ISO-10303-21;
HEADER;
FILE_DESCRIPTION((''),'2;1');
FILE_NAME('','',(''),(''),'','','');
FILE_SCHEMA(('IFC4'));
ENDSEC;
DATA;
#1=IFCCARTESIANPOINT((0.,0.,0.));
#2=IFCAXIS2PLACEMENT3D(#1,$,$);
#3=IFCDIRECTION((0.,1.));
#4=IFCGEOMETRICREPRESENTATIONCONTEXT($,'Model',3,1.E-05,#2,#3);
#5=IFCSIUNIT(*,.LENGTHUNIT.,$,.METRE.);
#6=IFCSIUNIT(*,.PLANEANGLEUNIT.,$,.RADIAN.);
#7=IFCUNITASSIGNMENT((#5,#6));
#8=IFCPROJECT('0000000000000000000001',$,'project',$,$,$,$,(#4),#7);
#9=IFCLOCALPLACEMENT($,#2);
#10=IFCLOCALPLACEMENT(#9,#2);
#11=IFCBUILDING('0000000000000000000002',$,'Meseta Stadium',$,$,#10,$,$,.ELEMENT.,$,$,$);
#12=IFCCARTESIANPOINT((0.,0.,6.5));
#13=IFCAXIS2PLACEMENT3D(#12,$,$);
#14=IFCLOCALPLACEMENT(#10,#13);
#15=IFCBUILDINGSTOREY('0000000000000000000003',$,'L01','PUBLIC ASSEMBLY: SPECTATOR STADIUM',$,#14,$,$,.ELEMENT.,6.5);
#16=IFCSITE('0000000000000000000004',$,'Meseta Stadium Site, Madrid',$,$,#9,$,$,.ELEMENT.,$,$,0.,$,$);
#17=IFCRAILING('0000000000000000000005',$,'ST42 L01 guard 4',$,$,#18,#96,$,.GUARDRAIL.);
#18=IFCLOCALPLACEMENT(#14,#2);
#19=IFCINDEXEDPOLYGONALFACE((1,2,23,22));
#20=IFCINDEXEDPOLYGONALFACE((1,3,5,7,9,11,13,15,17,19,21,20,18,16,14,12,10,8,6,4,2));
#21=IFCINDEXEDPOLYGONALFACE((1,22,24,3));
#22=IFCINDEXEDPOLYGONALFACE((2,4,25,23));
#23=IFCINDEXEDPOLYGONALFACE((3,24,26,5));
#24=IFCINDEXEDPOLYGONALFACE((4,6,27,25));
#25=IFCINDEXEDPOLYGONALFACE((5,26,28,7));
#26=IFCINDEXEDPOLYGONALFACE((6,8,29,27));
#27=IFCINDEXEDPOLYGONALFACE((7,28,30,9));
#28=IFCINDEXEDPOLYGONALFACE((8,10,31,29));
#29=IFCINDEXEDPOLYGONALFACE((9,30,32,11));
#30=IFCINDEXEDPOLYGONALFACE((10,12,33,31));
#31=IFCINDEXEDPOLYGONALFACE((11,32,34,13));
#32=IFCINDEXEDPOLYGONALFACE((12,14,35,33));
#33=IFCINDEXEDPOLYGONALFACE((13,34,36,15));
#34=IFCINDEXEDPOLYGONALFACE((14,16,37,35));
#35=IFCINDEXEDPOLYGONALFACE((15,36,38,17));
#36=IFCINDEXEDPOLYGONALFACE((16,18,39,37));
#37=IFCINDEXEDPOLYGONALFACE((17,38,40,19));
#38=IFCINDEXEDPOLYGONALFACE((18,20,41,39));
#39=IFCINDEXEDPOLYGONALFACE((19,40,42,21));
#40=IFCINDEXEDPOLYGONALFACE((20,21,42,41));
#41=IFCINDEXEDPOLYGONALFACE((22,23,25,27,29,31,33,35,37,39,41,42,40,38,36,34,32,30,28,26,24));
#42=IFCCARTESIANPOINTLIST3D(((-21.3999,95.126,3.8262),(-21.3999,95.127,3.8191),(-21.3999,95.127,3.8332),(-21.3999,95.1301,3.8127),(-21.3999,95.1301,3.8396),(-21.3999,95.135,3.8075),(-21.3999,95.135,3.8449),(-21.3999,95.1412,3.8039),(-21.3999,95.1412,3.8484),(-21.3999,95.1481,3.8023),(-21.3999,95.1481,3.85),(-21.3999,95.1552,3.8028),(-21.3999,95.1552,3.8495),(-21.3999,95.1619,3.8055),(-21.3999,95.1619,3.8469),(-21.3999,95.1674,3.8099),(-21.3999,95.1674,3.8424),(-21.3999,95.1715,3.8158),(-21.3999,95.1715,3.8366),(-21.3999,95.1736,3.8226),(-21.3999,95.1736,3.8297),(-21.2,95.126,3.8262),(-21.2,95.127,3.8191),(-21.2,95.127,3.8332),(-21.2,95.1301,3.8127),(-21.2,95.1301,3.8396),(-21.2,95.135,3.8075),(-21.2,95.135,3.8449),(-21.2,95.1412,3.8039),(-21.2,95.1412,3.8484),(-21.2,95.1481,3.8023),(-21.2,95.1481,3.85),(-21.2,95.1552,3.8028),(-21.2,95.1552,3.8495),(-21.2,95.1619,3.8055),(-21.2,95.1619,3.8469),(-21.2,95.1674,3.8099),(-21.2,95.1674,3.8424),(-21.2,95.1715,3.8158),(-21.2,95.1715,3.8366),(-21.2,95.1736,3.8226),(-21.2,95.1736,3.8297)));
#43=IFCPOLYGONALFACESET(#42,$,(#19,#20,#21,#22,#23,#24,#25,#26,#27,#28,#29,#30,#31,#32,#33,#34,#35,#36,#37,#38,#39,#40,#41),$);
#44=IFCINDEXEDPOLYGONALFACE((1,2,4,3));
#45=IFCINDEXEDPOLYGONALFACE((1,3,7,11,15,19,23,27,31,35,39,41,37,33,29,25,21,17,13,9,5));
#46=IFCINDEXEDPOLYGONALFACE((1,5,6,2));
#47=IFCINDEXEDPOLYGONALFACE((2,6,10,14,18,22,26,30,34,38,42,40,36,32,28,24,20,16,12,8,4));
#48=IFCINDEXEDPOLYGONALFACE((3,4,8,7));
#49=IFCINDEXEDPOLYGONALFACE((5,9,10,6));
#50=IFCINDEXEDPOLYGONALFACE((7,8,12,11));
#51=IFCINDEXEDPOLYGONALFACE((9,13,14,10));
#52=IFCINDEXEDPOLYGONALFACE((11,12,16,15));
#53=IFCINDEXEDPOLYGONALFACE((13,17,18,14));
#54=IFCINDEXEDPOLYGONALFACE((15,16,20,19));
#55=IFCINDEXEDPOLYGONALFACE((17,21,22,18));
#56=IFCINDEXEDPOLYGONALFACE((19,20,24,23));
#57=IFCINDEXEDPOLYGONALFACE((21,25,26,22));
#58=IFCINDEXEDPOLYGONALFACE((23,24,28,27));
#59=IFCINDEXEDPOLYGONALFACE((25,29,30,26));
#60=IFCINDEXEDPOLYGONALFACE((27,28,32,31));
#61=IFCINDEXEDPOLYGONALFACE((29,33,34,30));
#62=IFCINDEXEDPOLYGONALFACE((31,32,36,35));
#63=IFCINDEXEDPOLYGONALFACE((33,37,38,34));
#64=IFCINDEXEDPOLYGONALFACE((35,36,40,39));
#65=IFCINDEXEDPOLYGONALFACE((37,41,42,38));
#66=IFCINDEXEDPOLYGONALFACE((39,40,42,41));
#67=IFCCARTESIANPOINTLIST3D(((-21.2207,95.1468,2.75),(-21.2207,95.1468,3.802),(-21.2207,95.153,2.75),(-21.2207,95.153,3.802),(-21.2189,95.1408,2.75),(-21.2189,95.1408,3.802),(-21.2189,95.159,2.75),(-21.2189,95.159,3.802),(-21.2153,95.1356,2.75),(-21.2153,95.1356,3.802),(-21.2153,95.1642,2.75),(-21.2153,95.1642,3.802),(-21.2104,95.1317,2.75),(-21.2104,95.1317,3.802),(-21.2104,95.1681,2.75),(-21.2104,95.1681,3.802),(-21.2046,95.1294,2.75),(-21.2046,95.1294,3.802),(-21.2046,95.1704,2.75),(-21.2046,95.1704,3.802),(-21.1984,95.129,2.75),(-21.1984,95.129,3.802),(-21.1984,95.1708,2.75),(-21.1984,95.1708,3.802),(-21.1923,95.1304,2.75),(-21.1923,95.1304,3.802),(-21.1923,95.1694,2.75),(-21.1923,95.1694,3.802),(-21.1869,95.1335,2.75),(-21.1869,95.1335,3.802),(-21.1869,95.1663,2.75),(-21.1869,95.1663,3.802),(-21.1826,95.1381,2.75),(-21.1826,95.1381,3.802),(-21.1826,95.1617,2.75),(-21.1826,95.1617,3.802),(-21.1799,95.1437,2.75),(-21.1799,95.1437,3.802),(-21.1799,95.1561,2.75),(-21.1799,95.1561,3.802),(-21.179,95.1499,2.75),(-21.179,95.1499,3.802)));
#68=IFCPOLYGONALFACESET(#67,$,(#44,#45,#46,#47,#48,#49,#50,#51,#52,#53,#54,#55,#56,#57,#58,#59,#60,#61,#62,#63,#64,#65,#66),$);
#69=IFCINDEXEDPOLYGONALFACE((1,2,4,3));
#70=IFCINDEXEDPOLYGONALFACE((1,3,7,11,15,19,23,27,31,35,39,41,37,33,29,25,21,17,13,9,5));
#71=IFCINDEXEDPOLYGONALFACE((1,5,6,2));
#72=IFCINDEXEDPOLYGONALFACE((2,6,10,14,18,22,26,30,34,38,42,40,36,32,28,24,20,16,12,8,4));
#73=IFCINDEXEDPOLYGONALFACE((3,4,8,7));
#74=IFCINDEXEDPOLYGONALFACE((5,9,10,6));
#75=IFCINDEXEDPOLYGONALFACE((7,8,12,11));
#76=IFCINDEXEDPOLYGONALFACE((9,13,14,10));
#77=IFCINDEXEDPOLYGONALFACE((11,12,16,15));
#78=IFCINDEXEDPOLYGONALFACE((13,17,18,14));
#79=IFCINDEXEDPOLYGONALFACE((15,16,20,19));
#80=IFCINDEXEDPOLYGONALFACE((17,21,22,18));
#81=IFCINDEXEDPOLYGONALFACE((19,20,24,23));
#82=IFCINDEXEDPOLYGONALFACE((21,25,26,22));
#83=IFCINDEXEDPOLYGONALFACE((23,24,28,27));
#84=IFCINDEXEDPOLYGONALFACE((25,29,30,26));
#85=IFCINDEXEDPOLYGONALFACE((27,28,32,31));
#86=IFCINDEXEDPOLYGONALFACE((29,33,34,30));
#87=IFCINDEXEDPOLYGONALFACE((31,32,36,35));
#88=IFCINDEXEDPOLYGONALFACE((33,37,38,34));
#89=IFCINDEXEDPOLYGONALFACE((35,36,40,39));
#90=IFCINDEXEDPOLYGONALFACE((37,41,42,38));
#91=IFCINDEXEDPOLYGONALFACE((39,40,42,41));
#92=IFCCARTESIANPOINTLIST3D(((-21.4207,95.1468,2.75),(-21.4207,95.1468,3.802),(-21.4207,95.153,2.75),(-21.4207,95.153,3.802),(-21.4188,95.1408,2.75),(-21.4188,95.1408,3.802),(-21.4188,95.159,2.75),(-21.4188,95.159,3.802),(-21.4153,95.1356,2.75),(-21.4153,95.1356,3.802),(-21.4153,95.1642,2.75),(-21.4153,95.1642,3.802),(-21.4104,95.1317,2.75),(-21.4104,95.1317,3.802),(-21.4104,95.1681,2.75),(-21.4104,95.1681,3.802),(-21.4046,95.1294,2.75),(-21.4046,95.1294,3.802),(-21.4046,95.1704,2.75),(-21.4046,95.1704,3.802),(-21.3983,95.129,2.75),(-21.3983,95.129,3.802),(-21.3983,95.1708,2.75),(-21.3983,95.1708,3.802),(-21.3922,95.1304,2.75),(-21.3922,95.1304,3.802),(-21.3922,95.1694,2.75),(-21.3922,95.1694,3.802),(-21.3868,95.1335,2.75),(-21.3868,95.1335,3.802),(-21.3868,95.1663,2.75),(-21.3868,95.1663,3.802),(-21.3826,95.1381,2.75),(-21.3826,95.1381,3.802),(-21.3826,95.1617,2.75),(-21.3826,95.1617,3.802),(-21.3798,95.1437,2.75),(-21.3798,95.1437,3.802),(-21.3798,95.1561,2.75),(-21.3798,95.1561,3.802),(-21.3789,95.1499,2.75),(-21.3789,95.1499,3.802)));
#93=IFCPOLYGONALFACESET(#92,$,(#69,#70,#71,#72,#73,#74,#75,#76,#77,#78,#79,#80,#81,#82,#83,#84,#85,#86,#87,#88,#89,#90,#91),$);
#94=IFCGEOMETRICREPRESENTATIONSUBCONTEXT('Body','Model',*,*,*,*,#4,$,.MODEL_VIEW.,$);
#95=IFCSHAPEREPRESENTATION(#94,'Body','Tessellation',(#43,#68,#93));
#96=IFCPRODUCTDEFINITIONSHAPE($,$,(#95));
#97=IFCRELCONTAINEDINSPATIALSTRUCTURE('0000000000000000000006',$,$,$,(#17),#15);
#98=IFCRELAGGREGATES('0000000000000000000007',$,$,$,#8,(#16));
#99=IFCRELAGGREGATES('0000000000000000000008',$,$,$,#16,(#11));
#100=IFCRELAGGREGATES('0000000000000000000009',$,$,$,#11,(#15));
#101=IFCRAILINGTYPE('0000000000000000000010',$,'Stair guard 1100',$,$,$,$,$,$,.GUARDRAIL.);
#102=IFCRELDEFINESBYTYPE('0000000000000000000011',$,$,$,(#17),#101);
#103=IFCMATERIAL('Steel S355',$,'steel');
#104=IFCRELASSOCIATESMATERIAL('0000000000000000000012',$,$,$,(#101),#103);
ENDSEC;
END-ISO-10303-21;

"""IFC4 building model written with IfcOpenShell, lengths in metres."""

from ifc_helpers import new_model, si_unit, direction, frame, origin, origin_2d, place, context, subcontext, project, spatial, circle, extrude, material, type_object, element, save


model = new_model("IFC4")

# Units and contexts
model_context = context("Model", 3, precision=1e-05, world=origin(), true_north=direction((0.0, 1.0)))
body_context = subcontext(model_context, "Body", "Model", "MODEL_VIEW")
ifc_project = project(units=[si_unit("LENGTHUNIT", "METRE"), si_unit("PLANEANGLEUNIT", "RADIAN")], contexts=[model_context])

# Site, building, storey
site_placement = place(None, origin())
site = spatial("IfcSite", under=ifc_project, at=site_placement, Name="Meseta Stadium Site, Madrid", CompositionType="ELEMENT", RefElevation=0.0)
building_placement = place(site_placement, origin())
building = spatial("IfcBuilding", under=site, at=building_placement, Name="Meseta Stadium", CompositionType="ELEMENT")
storey_placement = place(building_placement, frame((0.0, 0.0, 6.5)))
storey = spatial("IfcBuildingStorey", under=building, at=storey_placement, Name="L01", Description="PUBLIC ASSEMBLY: SPECTATOR STADIUM", CompositionType="ELEMENT", Elevation=6.5)

# Railing
ifc_material_1 = material(Name="Steel S355", Category="steel")
railing_type_1 = type_object("IfcRailingType", Name="Stair guard 1100", PredefinedType="GUARDRAIL", material=ifc_material_1)
railing_1_placement = place(storey_placement, frame((-21.2, 95.1499, 2.75)))
element("IfcRailing", 1, at=railing_1_placement, inside=storey, type_object=railing_type_1, Name="ST42 L01 guard 4", PredefinedType="GUARDRAIL", context=body_context, shape_type="SweptSolid", body=[
    extrude(circle(Radius=0.0239, at=origin_2d()), frame((0.0, 0.0, 1.0762), z_axis=(-1.0, 0.0, 0.0), x_axis=(0.0, -1.0, 0.0)), (0.0, 0.0, 1.0), 0.2),
    extrude(circle(Radius=0.021, at=origin_2d()), origin(), (0.0, 0.0, 1.0), 1.052),
    extrude(circle(Radius=0.021, at=origin_2d()), frame((-0.2, 0.0, 0.0)), (0.0, 0.0, 1.0), 1.052),
])

save(model, "model.ifc")
